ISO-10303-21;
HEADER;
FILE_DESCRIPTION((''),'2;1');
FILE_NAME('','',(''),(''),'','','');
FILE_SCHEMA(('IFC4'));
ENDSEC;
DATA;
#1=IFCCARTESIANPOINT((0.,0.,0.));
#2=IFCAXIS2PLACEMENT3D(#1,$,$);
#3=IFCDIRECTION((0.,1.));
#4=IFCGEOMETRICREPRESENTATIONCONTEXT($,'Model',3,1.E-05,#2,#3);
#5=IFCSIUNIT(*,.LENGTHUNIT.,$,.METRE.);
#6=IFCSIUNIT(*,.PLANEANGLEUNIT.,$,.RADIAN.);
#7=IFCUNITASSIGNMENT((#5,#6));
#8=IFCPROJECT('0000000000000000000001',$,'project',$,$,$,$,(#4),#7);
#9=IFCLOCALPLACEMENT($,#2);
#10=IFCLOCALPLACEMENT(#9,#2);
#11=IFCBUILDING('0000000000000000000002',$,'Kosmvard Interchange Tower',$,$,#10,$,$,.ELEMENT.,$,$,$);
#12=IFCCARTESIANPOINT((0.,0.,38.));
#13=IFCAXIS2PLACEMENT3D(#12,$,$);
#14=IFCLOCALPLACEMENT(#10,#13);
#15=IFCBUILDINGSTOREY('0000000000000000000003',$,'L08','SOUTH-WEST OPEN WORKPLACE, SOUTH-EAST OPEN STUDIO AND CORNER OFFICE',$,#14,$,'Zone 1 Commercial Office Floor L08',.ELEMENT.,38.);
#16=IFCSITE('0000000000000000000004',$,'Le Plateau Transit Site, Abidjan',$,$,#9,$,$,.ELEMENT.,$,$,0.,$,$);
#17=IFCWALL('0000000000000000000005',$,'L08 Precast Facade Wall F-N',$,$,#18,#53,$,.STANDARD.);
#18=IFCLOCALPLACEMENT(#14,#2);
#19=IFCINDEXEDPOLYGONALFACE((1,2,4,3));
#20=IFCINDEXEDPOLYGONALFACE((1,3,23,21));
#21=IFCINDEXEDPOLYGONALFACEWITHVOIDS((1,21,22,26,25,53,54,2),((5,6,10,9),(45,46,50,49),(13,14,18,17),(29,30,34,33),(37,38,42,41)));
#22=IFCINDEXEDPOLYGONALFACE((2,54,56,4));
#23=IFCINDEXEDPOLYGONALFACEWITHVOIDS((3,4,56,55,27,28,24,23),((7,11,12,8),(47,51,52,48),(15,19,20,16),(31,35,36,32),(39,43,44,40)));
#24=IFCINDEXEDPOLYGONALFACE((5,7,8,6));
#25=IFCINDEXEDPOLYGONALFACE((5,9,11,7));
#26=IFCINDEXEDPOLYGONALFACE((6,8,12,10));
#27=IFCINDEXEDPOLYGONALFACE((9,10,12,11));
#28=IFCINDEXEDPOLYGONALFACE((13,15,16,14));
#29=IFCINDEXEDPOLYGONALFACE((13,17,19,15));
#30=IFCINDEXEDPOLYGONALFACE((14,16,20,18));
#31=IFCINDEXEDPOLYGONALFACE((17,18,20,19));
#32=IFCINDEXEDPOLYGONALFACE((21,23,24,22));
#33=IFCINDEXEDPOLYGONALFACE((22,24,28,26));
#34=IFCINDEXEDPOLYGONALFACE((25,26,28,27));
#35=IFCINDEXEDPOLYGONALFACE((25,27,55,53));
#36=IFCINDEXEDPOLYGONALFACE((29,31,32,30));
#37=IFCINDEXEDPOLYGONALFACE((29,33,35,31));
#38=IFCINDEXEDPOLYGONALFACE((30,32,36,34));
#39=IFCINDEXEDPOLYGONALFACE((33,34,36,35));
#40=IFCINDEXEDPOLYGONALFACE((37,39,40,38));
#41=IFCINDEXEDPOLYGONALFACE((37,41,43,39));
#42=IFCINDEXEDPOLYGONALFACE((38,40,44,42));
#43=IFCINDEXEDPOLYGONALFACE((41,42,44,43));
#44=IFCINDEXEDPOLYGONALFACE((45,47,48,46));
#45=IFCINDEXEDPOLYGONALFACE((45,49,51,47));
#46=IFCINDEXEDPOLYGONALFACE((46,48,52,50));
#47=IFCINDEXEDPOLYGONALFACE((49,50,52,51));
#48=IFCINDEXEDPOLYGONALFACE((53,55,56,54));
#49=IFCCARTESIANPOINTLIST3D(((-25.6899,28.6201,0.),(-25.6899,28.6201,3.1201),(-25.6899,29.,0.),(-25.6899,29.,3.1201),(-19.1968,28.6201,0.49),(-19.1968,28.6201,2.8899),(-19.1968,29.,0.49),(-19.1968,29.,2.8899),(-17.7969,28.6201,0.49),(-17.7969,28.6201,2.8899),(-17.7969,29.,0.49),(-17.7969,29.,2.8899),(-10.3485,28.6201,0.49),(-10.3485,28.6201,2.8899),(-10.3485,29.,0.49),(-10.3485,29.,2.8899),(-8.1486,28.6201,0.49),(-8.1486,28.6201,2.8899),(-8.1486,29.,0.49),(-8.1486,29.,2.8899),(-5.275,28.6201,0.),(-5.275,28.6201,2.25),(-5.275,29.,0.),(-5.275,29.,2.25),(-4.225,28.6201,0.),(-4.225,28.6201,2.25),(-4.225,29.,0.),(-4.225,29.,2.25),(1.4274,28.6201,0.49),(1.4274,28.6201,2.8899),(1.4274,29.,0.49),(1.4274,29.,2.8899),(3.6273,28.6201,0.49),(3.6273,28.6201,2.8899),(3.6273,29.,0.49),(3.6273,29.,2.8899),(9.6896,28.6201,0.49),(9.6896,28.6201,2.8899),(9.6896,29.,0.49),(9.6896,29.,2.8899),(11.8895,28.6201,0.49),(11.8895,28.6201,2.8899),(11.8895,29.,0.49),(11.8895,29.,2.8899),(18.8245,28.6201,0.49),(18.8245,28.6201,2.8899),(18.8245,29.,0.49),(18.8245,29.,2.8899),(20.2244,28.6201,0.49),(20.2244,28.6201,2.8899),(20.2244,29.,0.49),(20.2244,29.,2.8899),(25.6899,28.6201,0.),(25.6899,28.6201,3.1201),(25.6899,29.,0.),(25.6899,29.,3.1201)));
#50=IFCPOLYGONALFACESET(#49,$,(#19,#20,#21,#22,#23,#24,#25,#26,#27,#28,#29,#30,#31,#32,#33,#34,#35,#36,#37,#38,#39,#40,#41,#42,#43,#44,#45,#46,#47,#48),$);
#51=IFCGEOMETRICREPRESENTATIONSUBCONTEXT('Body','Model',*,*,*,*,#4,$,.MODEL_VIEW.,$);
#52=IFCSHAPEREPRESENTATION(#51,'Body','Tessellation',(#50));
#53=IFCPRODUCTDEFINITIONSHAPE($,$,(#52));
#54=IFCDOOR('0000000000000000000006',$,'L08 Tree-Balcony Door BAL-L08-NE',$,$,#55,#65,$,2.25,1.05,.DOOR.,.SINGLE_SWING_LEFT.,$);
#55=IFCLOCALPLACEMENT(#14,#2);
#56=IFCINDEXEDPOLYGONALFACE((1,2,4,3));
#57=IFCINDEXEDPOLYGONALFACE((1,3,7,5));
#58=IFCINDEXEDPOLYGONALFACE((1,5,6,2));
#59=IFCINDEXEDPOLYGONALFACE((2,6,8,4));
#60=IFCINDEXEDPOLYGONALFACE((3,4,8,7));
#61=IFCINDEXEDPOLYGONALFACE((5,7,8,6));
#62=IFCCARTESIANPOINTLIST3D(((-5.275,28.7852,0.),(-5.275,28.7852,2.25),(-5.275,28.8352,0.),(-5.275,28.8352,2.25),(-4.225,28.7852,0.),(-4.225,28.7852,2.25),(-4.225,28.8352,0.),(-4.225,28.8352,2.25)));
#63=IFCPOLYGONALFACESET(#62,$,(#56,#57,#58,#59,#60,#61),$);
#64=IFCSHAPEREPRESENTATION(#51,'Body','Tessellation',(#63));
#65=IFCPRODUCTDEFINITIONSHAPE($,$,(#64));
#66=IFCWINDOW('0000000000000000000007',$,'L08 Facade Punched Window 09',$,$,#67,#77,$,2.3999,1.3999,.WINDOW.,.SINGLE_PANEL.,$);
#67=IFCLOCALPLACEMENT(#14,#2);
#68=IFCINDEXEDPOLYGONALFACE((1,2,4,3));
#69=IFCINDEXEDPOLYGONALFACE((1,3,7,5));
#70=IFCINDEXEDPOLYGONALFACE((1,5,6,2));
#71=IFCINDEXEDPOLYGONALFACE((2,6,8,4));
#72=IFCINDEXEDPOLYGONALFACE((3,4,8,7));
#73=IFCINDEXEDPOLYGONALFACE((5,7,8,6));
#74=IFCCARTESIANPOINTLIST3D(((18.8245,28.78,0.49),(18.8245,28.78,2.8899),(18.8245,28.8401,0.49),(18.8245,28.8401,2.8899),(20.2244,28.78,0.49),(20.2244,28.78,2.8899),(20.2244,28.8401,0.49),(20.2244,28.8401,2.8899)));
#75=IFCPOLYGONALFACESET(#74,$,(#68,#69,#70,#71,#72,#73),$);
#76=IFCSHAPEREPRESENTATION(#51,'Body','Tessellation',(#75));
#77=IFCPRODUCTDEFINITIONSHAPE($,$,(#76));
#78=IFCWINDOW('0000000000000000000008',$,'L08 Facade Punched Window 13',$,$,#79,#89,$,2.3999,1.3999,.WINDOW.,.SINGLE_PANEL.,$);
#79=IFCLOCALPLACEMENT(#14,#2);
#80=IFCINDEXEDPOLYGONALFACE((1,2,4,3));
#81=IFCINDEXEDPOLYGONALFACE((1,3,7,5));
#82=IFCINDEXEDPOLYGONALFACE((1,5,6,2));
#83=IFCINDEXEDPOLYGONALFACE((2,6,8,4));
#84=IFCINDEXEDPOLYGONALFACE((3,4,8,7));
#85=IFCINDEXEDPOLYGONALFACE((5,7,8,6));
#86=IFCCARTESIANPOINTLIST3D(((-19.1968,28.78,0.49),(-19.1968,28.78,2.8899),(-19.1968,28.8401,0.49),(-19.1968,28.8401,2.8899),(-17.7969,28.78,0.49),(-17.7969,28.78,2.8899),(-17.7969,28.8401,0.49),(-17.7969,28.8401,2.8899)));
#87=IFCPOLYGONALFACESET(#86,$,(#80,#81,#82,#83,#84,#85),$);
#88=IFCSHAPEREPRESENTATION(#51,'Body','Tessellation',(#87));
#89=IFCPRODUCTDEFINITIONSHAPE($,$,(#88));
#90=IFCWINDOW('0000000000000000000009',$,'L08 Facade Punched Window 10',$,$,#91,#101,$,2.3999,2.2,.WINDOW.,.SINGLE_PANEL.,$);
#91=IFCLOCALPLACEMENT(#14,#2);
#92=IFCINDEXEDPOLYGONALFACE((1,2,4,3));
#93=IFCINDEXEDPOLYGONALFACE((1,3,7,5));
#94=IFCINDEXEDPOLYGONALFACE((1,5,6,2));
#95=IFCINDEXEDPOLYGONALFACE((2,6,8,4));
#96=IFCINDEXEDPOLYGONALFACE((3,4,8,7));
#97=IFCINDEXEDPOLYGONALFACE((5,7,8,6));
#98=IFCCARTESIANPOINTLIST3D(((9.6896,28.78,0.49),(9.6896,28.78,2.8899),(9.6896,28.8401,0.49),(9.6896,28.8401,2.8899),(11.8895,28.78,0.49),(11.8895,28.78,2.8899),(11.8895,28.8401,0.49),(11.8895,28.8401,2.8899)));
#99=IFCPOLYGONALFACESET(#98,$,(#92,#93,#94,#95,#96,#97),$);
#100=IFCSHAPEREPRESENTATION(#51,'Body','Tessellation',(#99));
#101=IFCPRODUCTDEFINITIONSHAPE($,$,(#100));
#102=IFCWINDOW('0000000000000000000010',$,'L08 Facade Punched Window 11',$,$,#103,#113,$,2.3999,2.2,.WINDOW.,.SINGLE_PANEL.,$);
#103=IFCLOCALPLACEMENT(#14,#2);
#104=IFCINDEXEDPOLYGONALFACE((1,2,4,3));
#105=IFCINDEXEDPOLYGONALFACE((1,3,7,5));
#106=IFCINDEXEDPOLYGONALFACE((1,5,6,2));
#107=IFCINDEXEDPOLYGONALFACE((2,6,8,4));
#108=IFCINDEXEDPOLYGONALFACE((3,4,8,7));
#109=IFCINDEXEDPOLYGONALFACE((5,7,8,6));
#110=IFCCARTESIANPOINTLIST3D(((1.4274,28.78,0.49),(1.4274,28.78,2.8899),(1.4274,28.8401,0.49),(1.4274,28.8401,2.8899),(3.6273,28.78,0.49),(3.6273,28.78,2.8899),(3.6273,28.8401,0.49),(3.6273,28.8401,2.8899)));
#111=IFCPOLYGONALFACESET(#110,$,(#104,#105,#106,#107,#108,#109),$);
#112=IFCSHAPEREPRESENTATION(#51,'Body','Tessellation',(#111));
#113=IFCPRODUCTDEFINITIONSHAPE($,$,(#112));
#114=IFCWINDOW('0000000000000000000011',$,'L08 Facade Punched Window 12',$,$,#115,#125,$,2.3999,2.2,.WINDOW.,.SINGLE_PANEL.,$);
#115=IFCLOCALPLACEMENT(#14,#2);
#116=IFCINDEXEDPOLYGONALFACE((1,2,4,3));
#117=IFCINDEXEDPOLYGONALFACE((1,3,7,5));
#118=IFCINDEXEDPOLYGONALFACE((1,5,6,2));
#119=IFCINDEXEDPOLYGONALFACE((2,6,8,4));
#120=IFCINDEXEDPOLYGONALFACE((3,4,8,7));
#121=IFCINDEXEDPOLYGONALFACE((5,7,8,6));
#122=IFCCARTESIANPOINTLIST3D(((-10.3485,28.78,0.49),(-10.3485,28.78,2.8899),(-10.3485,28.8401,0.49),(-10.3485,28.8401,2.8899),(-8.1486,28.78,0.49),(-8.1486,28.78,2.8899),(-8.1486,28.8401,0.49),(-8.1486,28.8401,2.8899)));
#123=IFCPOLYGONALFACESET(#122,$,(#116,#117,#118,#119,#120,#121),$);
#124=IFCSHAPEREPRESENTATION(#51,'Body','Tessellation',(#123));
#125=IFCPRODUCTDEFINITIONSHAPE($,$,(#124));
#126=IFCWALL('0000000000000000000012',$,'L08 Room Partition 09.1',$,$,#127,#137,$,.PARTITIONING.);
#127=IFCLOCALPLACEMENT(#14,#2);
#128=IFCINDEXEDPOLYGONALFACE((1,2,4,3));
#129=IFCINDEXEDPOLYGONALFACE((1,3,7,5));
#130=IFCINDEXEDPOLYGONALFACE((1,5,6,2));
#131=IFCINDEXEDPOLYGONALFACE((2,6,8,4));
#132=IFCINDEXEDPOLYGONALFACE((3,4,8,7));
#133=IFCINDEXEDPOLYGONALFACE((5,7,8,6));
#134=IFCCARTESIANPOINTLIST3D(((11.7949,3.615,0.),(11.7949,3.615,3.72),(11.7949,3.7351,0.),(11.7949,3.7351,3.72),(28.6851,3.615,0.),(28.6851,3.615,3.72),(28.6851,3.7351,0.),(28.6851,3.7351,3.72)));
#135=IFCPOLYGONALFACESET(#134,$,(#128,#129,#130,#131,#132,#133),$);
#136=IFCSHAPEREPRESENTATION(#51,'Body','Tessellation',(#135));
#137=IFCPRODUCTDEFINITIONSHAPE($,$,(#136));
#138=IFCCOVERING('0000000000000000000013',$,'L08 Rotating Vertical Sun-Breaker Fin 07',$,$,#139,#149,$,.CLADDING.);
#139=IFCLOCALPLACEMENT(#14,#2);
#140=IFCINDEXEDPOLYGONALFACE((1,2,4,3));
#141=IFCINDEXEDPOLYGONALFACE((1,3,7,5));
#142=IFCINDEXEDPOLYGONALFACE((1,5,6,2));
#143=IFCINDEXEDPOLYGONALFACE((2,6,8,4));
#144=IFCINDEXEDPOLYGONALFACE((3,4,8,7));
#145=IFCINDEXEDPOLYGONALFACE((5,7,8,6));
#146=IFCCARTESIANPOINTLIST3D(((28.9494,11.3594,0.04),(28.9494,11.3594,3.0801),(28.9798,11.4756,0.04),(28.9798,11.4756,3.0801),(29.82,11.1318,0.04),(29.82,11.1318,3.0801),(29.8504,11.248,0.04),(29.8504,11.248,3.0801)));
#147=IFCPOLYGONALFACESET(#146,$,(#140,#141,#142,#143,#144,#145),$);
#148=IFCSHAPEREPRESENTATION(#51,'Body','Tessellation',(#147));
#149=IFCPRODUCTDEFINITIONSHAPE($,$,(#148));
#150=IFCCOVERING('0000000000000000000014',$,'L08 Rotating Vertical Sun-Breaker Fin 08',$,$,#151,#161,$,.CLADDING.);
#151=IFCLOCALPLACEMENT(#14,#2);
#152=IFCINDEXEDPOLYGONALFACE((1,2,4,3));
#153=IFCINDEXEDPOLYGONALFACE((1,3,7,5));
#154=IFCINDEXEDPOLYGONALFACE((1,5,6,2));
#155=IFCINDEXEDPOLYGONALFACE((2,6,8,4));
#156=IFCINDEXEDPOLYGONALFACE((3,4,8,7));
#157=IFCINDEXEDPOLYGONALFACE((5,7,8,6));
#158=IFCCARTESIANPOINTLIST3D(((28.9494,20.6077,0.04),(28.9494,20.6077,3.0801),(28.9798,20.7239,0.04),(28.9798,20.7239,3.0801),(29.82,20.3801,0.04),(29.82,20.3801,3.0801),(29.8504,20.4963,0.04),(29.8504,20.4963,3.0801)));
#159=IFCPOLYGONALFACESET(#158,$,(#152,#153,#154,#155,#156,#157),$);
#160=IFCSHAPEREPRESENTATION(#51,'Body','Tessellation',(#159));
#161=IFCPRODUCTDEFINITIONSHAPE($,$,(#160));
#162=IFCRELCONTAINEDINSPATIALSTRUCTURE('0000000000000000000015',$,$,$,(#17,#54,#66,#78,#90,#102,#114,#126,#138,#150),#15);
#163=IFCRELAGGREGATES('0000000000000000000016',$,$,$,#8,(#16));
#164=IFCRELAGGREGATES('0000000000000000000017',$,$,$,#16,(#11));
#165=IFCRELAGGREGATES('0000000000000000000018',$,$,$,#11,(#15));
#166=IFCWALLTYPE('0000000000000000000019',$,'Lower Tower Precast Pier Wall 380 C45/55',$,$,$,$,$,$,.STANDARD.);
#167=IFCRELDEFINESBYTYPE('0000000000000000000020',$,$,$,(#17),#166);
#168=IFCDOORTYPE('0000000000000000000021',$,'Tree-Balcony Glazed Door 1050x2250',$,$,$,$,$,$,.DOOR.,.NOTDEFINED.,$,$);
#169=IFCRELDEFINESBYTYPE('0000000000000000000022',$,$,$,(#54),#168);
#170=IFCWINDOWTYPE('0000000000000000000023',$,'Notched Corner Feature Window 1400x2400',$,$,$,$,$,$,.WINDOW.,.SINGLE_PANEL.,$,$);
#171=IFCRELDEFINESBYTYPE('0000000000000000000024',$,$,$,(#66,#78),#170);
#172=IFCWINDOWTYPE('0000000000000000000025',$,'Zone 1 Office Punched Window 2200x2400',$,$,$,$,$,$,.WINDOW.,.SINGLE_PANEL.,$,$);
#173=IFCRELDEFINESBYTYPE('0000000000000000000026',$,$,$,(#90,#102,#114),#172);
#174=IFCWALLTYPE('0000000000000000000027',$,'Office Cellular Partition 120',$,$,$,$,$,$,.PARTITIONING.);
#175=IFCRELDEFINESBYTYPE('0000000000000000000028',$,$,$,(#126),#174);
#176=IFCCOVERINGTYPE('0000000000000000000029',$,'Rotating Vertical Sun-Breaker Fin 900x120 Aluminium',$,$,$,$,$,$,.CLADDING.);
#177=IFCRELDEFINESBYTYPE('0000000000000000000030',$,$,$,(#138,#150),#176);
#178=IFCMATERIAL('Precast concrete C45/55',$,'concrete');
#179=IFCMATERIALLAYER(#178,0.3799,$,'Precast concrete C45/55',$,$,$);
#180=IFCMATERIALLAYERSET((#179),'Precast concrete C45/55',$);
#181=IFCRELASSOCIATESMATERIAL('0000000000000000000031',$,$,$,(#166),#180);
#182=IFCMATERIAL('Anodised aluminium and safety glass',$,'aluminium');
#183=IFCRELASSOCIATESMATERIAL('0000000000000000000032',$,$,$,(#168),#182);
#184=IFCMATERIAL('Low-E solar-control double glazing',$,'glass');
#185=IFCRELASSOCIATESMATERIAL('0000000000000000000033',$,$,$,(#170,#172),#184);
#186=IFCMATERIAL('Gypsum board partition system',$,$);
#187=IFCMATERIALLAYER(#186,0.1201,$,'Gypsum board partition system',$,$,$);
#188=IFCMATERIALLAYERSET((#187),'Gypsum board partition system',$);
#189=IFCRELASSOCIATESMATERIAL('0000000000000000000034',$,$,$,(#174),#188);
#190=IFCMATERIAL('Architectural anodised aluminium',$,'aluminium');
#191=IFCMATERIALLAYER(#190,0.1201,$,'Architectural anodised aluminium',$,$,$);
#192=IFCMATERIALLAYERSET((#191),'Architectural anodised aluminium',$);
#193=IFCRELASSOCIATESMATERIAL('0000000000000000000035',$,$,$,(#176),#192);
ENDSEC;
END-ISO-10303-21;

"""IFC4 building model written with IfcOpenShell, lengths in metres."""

from ifc_helpers import new_model, si_unit, direction, frame, frame_2d, origin, origin_2d, place, context, subcontext, project, spatial, rectangle, extrude, source, transform, mapped, material, layer, layer_set, type_object, element, fill, save


model = new_model("IFC4")

# Units and contexts
model_context = context("Model", 3, precision=1e-05, world=origin(), true_north=direction((0.0, 1.0)))
body_context = subcontext(model_context, "Body", "Model", "MODEL_VIEW")
ifc_project = project(units=[si_unit("LENGTHUNIT", "METRE"), si_unit("PLANEANGLEUNIT", "RADIAN")], contexts=[model_context])

# Site, building, storey
site_placement = place(None, origin())
site = spatial("IfcSite", under=ifc_project, at=site_placement, Name="Le Plateau Transit Site, Abidjan", CompositionType="ELEMENT", RefElevation=0.0)
building_placement = place(site_placement, origin())
building = spatial("IfcBuilding", under=site, at=building_placement, Name="Kosmvard Interchange Tower", CompositionType="ELEMENT")
storey_placement = place(building_placement, frame((0.0, 0.0, 38.0)))
storey = spatial("IfcBuildingStorey", under=building, at=storey_placement, Name="L08", Description="SOUTH-WEST OPEN WORKPLACE, SOUTH-EAST OPEN STUDIO AND CORNER OFFICE", LongName="Zone 1 Commercial Office Floor L08", CompositionType="ELEMENT", Elevation=38.0)

# Shared definitions
ifc_material_1 = material(Name="Precast concrete C45/55", Category="concrete")

# Shared definitions
ifc_layer_1 = layer(ifc_material_1, 0.3799, Name="Precast concrete C45/55")
ifc_layer_set_1 = layer_set([ifc_layer_1], Name="Precast concrete C45/55")
wall_type_1 = type_object("IfcWallType", Name="Lower Tower Precast Pier Wall 380 C45/55", PredefinedType="STANDARD", material=ifc_layer_set_1)

# Wall, openings, door, windows
wall_1_placement = place(storey_placement, frame((25.6899, 28.8101, 0.0), z_axis=(0.0, 0.0, 1.0), x_axis=(-1.0, 0.0, 0.0)))
wall_1 = element("IfcWall", 1, at=wall_1_placement, inside=storey, type_object=wall_type_1, Name="L08 Precast Facade Wall F-N", PredefinedType="STANDARD", context=body_context, shape_type="SweptSolid", body=[
    extrude(rectangle(XDim=51.3799, YDim=0.3799, at=frame_2d((25.6899, 0.0))), origin(), (0.0, 0.0, 1.0), 3.1201),
])
opening_1_placement = place(wall_1_placement, frame((29.915, 0.0, 0.0)))
opening_1 = element("IfcOpeningElement", 2, at=opening_1_placement, cuts=wall_1, PredefinedType="OPENING", context=body_context, shape_type="SweptSolid", body=[
    extrude(rectangle(XDim=1.05, YDim=2.25, at=frame_2d((0.5249, 1.125))), frame((0.0, 0.2, 0.0), z_axis=(0.0, -1.0, 0.0), x_axis=(1.0, 0.0, 0.0)), (0.0, 0.0, 1.0), 0.3999),
])
opening_2_placement = place(wall_1_placement, frame((5.4656, 0.0, 0.49)))
opening_2 = element("IfcOpeningElement", 3, at=opening_2_placement, cuts=wall_1, PredefinedType="OPENING", context=body_context, shape_type="SweptSolid", body=[
    extrude(rectangle(XDim=1.3999, YDim=2.3999, at=frame_2d((0.7, 1.2))), frame((0.0, 0.2, 0.0), z_axis=(0.0, -1.0, 0.0), x_axis=(1.0, 0.0, 0.0)), (0.0, 0.0, 1.0), 0.3999),
])
opening_3_placement = place(wall_1_placement, frame((13.8003, 0.0, 0.49)))
opening_3 = element("IfcOpeningElement", 4, at=opening_3_placement, cuts=wall_1, PredefinedType="OPENING", context=body_context, shape_type="SweptSolid", body=[
    extrude(rectangle(XDim=2.2, YDim=2.3999, at=frame_2d((1.1001, 1.2))), frame((0.0, 0.2, 0.0), z_axis=(0.0, -1.0, 0.0), x_axis=(1.0, 0.0, 0.0)), (0.0, 0.0, 1.0), 0.3999),
])
opening_4_placement = place(wall_1_placement, frame((22.0625, 0.0, 0.49)))
opening_4 = element("IfcOpeningElement", 5, at=opening_4_placement, cuts=wall_1, PredefinedType="OPENING", context=body_context, shape_type="SweptSolid", body=[
    extrude(rectangle(XDim=2.2, YDim=2.3999, at=frame_2d((1.1001, 1.2))), frame((0.0, 0.2, 0.0), z_axis=(0.0, -1.0, 0.0), x_axis=(1.0, 0.0, 0.0)), (0.0, 0.0, 1.0), 0.3999),
])
opening_5_placement = place(wall_1_placement, frame((33.8384, 0.0, 0.49)))
opening_5 = element("IfcOpeningElement", 6, at=opening_5_placement, cuts=wall_1, PredefinedType="OPENING", context=body_context, shape_type="SweptSolid", body=[
    extrude(rectangle(XDim=2.2, YDim=2.3999, at=frame_2d((1.1001, 1.2))), frame((0.0, 0.2, 0.0), z_axis=(0.0, -1.0, 0.0), x_axis=(1.0, 0.0, 0.0)), (0.0, 0.0, 1.0), 0.3999),
])
opening_6_placement = place(wall_1_placement, frame((43.4868, 0.0, 0.49)))
opening_6 = element("IfcOpeningElement", 7, at=opening_6_placement, cuts=wall_1, PredefinedType="OPENING", context=body_context, shape_type="SweptSolid", body=[
    extrude(rectangle(XDim=1.3999, YDim=2.3999, at=frame_2d((0.7, 1.2))), frame((0.0, 0.2, 0.0), z_axis=(0.0, -1.0, 0.0), x_axis=(1.0, 0.0, 0.0)), (0.0, 0.0, 1.0), 0.3999),
])
ifc_material_2 = material(Name="Anodised aluminium and safety glass", Category="aluminium")
door_type = type_object("IfcDoorType", Name="Tree-Balcony Glazed Door 1050x2250", OperationType="NOTDEFINED", PredefinedType="DOOR", material=ifc_material_2)
shared_shape_1 = source(origin(), body_context, "Body", "SweptSolid", [
    extrude(rectangle(XDim=1.05, YDim=2.25, at=frame_2d((0.5249, 1.125))), frame((0.0, 0.0249, 0.0), z_axis=(0.0, -1.0, 0.0), x_axis=(1.0, 0.0, 0.0)), (0.0, 0.0, 1.0), 0.05),
])
door_placement = place(opening_1_placement, origin())
door = element("IfcDoor", 8, at=door_placement, inside=storey, type_object=door_type, Name="L08 Tree-Balcony Door BAL-L08-NE", OperationType="SINGLE_SWING_LEFT", OverallHeight=2.25, OverallWidth=1.05, PredefinedType="DOOR", context=body_context, shape_type="MappedRepresentation", body=[
    mapped(shared_shape_1, transform((0.0, 0.0, 0.0), scale=1.0)),
])
fill(opening_1, door)
ifc_material_3 = material(Name="Low-E solar-control double glazing", Category="glass")
window_type_1 = type_object("IfcWindowType", Name="Notched Corner Feature Window 1400x2400", PartitioningType="SINGLE_PANEL", PredefinedType="WINDOW", material=ifc_material_3)
shared_shape_2 = source(origin(), body_context, "Body", "SweptSolid", [
    extrude(rectangle(XDim=1.3999, YDim=2.3999, at=frame_2d((0.7, 1.2))), frame((0.0, 0.03, 0.0), z_axis=(0.0, -1.0, 0.0), x_axis=(1.0, 0.0, 0.0)), (0.0, 0.0, 1.0), 0.0601),
])
window_1_placement = place(opening_2_placement, origin())
window_1 = element("IfcWindow", 9, at=window_1_placement, inside=storey, type_object=window_type_1, Name="L08 Facade Punched Window 09", OverallHeight=2.3999, OverallWidth=1.3999, PartitioningType="SINGLE_PANEL", PredefinedType="WINDOW", context=body_context, shape_type="MappedRepresentation", body=[
    mapped(shared_shape_2, transform((0.0, 0.0, 0.0), scale=1.0)),
])
fill(opening_2, window_1)
window_2_placement = place(opening_6_placement, origin())
window_2 = element("IfcWindow", 10, at=window_2_placement, inside=storey, type_object=window_type_1, Name="L08 Facade Punched Window 13", OverallHeight=2.3999, OverallWidth=1.3999, PartitioningType="SINGLE_PANEL", PredefinedType="WINDOW", context=body_context, shape_type="MappedRepresentation", body=[
    mapped(shared_shape_2, transform((0.0, 0.0, 0.0), scale=1.0)),
])
fill(opening_6, window_2)
window_type_2 = type_object("IfcWindowType", Name="Zone 1 Office Punched Window 2200x2400", PartitioningType="SINGLE_PANEL", PredefinedType="WINDOW", material=ifc_material_3)
shared_shape_3 = source(origin(), body_context, "Body", "SweptSolid", [
    extrude(rectangle(XDim=2.2, YDim=2.3999, at=frame_2d((1.1001, 1.2))), frame((0.0, 0.03, 0.0), z_axis=(0.0, -1.0, 0.0), x_axis=(1.0, 0.0, 0.0)), (0.0, 0.0, 1.0), 0.0601),
])
window_3_placement = place(opening_3_placement, origin())
window_3 = element("IfcWindow", 11, at=window_3_placement, inside=storey, type_object=window_type_2, Name="L08 Facade Punched Window 10", OverallHeight=2.3999, OverallWidth=2.2, PartitioningType="SINGLE_PANEL", PredefinedType="WINDOW", context=body_context, shape_type="MappedRepresentation", body=[
    mapped(shared_shape_3, transform((0.0, 0.0, 0.0), scale=1.0)),
])
fill(opening_3, window_3)
window_4_placement = place(opening_4_placement, origin())
window_4 = element("IfcWindow", 12, at=window_4_placement, inside=storey, type_object=window_type_2, Name="L08 Facade Punched Window 11", OverallHeight=2.3999, OverallWidth=2.2, PartitioningType="SINGLE_PANEL", PredefinedType="WINDOW", context=body_context, shape_type="MappedRepresentation", body=[
    mapped(shared_shape_3, transform((0.0, 0.0, 0.0), scale=1.0)),
])
fill(opening_4, window_4)
window_5_placement = place(opening_5_placement, origin())
window_5 = element("IfcWindow", 13, at=window_5_placement, inside=storey, type_object=window_type_2, Name="L08 Facade Punched Window 12", OverallHeight=2.3999, OverallWidth=2.2, PartitioningType="SINGLE_PANEL", PredefinedType="WINDOW", context=body_context, shape_type="MappedRepresentation", body=[
    mapped(shared_shape_3, transform((0.0, 0.0, 0.0), scale=1.0)),
])
fill(opening_5, window_5)

# Wall
ifc_material_4 = material(Name="Gypsum board partition system")
ifc_layer_2 = layer(ifc_material_4, 0.1201, Name="Gypsum board partition system")
ifc_layer_set_2 = layer_set([ifc_layer_2], Name="Gypsum board partition system")
wall_type_2 = type_object("IfcWallType", Name="Office Cellular Partition 120", PredefinedType="PARTITIONING", material=ifc_layer_set_2)
wall_2_placement = place(storey_placement, frame((11.7949, 3.675, 0.0), z_axis=(0.0, 0.0, 1.0), x_axis=(1.0, 0.0, 0.0)))
element("IfcWall", 14, at=wall_2_placement, inside=storey, type_object=wall_type_2, Name="L08 Room Partition 09.1", PredefinedType="PARTITIONING", context=body_context, shape_type="SweptSolid", body=[
    extrude(rectangle(XDim=16.8901, YDim=0.1201, at=frame_2d((8.4451, 0.0))), origin(), (0.0, 0.0, 1.0), 3.72),
])

# Coverings
ifc_material_5 = material(Name="Architectural anodised aluminium", Category="aluminium")
ifc_layer_3 = layer(ifc_material_5, 0.1201, Name="Architectural anodised aluminium")
ifc_layer_set_3 = layer_set([ifc_layer_3], Name="Architectural anodised aluminium")
covering_type = type_object("IfcCoveringType", Name="Rotating Vertical Sun-Breaker Fin 900x120 Aluminium", PredefinedType="CLADDING", material=ifc_layer_set_3)
shared_shape_4 = source(origin(), body_context, "Body", "SweptSolid", [
    extrude(rectangle(XDim=0.8999, YDim=0.1201, at=origin_2d()), origin(), (0.0, 0.0, 1.0), 3.04),
])
for number, where, z_axis, x_axis, name in (
    (15, (29.3999, 11.3037, 0.04), (0.0, 0.0, 1.0), (0.967489, -0.252914, 0.0), "L08 Rotating Vertical Sun-Breaker Fin 07"),
    (16, (29.3999, 20.552, 0.04), (0.0, 0.0, 1.0), (0.967489, -0.252914, 0.0), "L08 Rotating Vertical Sun-Breaker Fin 08"),
):
    element("IfcCovering", number, at=place(storey_placement, frame(where, z_axis=z_axis, x_axis=x_axis)), inside=storey, type_object=covering_type, Name=name, PredefinedType="CLADDING", context=body_context, shape_type="MappedRepresentation", body=[
        mapped(shared_shape_4, transform((0.0, 0.0, 0.0), scale=1.0)),
    ])

save(model, "model.ifc")
